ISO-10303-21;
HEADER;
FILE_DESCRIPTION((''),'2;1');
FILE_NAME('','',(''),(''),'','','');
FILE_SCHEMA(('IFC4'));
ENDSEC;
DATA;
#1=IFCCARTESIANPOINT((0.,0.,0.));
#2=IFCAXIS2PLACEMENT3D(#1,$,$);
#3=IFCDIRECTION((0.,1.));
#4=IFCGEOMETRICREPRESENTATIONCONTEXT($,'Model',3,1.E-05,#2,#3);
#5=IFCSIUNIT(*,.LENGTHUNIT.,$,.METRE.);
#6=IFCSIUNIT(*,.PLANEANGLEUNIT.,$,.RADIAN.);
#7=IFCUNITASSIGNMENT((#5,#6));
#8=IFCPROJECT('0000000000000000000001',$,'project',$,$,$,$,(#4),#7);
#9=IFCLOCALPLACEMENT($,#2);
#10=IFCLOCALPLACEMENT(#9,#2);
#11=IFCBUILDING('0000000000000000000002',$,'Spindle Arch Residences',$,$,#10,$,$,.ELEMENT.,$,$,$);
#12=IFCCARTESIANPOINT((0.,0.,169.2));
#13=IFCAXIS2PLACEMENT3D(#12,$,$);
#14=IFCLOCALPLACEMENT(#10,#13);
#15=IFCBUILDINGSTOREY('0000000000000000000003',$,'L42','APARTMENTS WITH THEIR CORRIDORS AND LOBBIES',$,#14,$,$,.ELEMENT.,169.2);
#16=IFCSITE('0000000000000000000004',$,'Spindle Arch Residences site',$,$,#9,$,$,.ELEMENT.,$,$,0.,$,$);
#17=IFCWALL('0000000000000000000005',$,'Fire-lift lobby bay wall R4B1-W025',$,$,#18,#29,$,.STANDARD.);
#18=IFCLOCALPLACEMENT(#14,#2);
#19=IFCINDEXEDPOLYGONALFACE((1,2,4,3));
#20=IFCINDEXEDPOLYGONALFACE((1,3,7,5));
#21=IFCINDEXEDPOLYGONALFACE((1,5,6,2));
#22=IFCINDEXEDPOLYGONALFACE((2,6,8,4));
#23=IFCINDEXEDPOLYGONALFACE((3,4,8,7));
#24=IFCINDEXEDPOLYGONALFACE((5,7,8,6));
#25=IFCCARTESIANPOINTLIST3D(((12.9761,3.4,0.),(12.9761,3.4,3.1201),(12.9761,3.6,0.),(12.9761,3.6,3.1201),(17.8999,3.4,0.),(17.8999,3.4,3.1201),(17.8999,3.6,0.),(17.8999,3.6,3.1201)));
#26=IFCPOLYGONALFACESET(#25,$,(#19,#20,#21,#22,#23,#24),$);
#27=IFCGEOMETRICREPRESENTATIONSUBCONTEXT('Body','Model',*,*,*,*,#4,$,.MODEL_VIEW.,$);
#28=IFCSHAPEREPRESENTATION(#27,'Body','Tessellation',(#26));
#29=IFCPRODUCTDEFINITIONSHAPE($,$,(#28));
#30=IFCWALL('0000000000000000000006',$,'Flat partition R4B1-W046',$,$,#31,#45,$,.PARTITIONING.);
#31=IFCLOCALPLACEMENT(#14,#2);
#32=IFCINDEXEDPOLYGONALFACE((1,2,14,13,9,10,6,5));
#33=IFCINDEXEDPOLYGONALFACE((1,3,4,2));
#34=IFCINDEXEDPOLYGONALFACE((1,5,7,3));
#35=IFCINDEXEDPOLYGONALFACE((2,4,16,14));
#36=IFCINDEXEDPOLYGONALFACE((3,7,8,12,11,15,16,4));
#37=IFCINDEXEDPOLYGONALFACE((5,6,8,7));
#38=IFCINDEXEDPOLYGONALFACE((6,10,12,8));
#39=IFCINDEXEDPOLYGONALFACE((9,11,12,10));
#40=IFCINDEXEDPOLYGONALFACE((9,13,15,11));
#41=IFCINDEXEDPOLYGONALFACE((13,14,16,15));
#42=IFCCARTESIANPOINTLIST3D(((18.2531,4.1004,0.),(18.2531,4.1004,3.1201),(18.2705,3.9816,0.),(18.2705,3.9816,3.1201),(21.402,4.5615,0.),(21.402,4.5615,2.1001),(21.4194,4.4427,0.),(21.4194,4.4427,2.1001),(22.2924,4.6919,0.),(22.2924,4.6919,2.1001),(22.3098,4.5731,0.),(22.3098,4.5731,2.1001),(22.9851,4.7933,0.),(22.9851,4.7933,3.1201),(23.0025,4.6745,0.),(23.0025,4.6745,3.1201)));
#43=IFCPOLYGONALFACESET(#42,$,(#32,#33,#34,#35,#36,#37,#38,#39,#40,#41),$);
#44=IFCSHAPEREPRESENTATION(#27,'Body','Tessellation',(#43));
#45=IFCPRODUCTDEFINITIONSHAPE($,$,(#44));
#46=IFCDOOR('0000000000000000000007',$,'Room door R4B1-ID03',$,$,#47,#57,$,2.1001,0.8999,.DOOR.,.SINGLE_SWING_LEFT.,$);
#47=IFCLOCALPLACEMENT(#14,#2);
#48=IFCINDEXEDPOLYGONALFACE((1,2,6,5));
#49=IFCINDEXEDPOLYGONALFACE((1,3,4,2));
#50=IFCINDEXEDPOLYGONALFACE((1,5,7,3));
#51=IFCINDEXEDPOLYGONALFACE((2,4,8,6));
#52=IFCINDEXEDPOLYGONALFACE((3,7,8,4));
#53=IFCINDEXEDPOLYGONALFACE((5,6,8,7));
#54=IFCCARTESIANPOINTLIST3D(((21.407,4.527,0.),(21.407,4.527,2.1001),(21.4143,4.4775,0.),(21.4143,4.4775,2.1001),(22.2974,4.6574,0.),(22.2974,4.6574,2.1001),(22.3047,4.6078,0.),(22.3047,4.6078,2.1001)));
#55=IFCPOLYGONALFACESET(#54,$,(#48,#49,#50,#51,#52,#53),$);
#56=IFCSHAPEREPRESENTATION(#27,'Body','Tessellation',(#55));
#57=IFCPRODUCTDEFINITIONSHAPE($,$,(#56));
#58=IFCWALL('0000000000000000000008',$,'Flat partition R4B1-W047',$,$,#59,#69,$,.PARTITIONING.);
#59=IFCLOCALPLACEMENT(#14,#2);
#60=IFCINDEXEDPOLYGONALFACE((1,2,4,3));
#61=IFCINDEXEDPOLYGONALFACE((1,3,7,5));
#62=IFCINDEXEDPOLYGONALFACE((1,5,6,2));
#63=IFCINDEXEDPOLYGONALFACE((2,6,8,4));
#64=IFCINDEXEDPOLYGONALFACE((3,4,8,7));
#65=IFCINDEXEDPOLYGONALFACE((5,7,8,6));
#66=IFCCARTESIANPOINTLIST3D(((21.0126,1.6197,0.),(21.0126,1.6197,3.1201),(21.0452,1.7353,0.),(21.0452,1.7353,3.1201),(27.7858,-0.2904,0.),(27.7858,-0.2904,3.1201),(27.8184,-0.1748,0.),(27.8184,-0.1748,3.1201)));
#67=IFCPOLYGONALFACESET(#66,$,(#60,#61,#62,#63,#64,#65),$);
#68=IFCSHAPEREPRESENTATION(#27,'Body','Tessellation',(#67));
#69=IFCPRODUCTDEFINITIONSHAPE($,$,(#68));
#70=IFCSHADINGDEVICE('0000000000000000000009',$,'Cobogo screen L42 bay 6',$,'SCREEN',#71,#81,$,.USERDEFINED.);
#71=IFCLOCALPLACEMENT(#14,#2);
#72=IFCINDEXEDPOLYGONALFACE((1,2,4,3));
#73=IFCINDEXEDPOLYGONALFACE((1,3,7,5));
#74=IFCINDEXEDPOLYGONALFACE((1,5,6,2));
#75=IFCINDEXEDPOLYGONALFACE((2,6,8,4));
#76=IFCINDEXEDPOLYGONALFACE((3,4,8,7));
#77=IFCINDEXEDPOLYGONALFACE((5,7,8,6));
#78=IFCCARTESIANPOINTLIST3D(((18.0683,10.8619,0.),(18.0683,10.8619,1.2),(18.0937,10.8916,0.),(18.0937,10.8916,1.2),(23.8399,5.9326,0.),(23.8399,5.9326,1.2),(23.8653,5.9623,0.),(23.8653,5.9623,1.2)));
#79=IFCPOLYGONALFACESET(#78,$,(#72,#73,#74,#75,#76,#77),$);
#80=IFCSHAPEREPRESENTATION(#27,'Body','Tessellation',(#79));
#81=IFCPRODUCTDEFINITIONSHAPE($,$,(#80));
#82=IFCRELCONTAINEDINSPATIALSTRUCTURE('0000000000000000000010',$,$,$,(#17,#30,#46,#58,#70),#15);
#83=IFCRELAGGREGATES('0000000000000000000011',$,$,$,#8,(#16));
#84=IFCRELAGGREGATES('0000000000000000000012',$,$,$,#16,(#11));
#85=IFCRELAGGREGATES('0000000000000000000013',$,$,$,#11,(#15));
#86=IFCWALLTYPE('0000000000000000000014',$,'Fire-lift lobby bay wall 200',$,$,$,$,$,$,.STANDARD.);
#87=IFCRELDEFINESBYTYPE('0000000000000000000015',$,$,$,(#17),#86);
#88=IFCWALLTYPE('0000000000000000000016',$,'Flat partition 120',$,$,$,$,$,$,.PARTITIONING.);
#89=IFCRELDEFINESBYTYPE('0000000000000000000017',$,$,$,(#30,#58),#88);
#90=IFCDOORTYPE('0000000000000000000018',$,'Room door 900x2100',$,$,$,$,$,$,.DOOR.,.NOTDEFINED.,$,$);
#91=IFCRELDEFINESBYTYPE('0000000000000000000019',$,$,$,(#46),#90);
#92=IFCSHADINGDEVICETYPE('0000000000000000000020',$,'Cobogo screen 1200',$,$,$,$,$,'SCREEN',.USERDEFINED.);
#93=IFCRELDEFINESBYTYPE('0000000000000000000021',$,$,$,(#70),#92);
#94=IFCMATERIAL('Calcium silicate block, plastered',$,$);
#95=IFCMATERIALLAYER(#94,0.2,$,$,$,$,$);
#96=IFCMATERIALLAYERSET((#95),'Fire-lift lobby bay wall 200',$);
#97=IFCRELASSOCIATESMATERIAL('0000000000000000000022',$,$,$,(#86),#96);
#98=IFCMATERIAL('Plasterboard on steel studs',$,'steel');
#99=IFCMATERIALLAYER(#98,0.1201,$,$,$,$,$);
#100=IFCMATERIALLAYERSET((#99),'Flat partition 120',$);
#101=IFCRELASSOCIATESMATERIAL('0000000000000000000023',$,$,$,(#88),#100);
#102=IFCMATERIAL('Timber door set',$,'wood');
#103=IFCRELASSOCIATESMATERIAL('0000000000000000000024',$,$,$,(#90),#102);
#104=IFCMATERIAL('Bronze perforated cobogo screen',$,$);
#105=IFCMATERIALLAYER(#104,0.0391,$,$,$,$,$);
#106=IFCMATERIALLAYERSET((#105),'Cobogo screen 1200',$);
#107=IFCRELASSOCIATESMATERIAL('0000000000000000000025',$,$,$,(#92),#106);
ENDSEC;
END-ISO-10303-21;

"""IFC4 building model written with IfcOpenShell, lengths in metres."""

from ifc_helpers import new_model, si_unit, direction, frame, frame_2d, origin, origin_2d, place, context, subcontext, project, spatial, rectangle, extrude, material, layer, layer_set, type_object, element, fill, save


model = new_model("IFC4")

# Units and contexts
model_context = context("Model", 3, precision=1e-05, world=origin(), true_north=direction((0.0, 1.0)))
body_context = subcontext(model_context, "Body", "Model", "MODEL_VIEW")
ifc_project = project(units=[si_unit("LENGTHUNIT", "METRE"), si_unit("PLANEANGLEUNIT", "RADIAN")], contexts=[model_context])

# Site, building, storey
site_placement = place(None, origin())
site = spatial("IfcSite", under=ifc_project, at=site_placement, Name="Spindle Arch Residences site", CompositionType="ELEMENT", RefElevation=0.0)
building_placement = place(site_placement, origin())
building = spatial("IfcBuilding", under=site, at=building_placement, Name="Spindle Arch Residences", CompositionType="ELEMENT")
storey_placement = place(building_placement, frame((0.0, 0.0, 169.2)))
storey = spatial("IfcBuildingStorey", under=building, at=storey_placement, Name="L42", Description="APARTMENTS WITH THEIR CORRIDORS AND LOBBIES", CompositionType="ELEMENT", Elevation=169.2)

# Wall
ifc_material_1 = material(Name="Calcium silicate block, plastered")
ifc_layer_1 = layer(ifc_material_1, 0.2)
ifc_layer_set_1 = layer_set([ifc_layer_1], Name="Fire-lift lobby bay wall 200")
wall_type_1 = type_object("IfcWallType", Name="Fire-lift lobby bay wall 200", PredefinedType="STANDARD", material=ifc_layer_set_1)
wall_1_placement = place(storey_placement, frame((17.8999, 3.5, 0.0), z_axis=(0.0, 0.0, 1.0), x_axis=(-1.0, 0.0, 0.0)))
element("IfcWall", 1, at=wall_1_placement, inside=storey, type_object=wall_type_1, Name="Fire-lift lobby bay wall R4B1-W025", PredefinedType="STANDARD", context=body_context, shape_type="SweptSolid", body=[
    extrude(rectangle(XDim=4.9238, YDim=0.2, at=frame_2d((2.4619, 0.0))), origin(), (0.0, 0.0, 1.0), 3.1201),
])

# Wall, opening, door
ifc_material_2 = material(Name="Plasterboard on steel studs", Category="steel")
ifc_layer_2 = layer(ifc_material_2, 0.1201)
ifc_layer_set_2 = layer_set([ifc_layer_2], Name="Flat partition 120")
wall_type_2 = type_object("IfcWallType", Name="Flat partition 120", PredefinedType="PARTITIONING", material=ifc_layer_set_2)
wall_2_placement = place(storey_placement, frame((22.9937, 4.7339, 0.0), z_axis=(0.0, 0.0, 1.0), x_axis=(-0.989449, -0.14488, 0.0)))
wall_2 = element("IfcWall", 2, at=wall_2_placement, inside=storey, type_object=wall_type_2, Name="Flat partition R4B1-W046", PredefinedType="PARTITIONING", context=body_context, shape_type="SweptSolid", body=[
    extrude(rectangle(XDim=4.7825, YDim=0.1201, at=frame_2d((2.3911, 0.0))), origin(), (0.0, 0.0, 1.0), 3.1201),
])
opening_1_placement = place(wall_2_placement, frame((0.7, 0.0, 0.0)))
opening_1 = element("IfcOpeningElement", 3, at=opening_1_placement, cuts=wall_2, PredefinedType="OPENING", context=body_context, shape_type="SweptSolid", body=[
    extrude(rectangle(XDim=0.8999, YDim=2.1001, at=frame_2d((0.45, 1.05))), frame((0.0, 0.0701, 0.0), z_axis=(0.0, -1.0, 0.0), x_axis=(1.0, 0.0, 0.0)), (0.0, 0.0, 1.0), 0.1401),
])
ifc_material_3 = material(Name="Timber door set", Category="wood")
door_type_1 = type_object("IfcDoorType", Name="Room door 900x2100", OperationType="NOTDEFINED", PredefinedType="DOOR", material=ifc_material_3)
door_1_placement = place(opening_1_placement, origin())
door_1 = element("IfcDoor", 4, at=door_1_placement, inside=storey, type_object=door_type_1, Name="Room door R4B1-ID03", OperationType="SINGLE_SWING_LEFT", OverallHeight=2.1001, OverallWidth=0.8999, PredefinedType="DOOR", context=body_context, shape_type="SweptSolid", body=[
    extrude(rectangle(XDim=0.8999, YDim=2.1001, at=frame_2d((0.45, 1.05))), frame((0.0, 0.0249, 0.0), z_axis=(0.0, -1.0, 0.0), x_axis=(1.0, 0.0, 0.0)), (0.0, 0.0, 1.0), 0.05),
])
fill(opening_1, door_1)

# Wall
wall_3_placement = place(storey_placement, frame((21.0291, 1.6775, 0.0), z_axis=(0.0, 0.0, 1.0), x_axis=(0.962458, -0.27143, 0.0)))
element("IfcWall", 5, at=wall_3_placement, inside=storey, type_object=wall_type_2, Name="Flat partition R4B1-W047", PredefinedType="PARTITIONING", context=body_context, shape_type="SweptSolid", body=[
    extrude(rectangle(XDim=7.0374, YDim=0.1201, at=frame_2d((3.5186, 0.0))), origin(), (0.0, 0.0, 1.0), 3.1201),
])

# Shading device
ifc_material_4 = material(Name="Bronze perforated cobogo screen")
ifc_layer_3 = layer(ifc_material_4, 0.0391)
ifc_layer_set_3 = layer_set([ifc_layer_3], Name="Cobogo screen 1200")
shading_device_type = type_object("IfcShadingDeviceType", Name="Cobogo screen 1200", ElementType="SCREEN", PredefinedType="USERDEFINED", material=ifc_layer_set_3)
shading_device_placement = place(storey_placement, frame((20.9668, 8.4121, 0.0), z_axis=(0.0, 0.0, 1.0), x_axis=(-0.760406, 0.649448, 0.0)))
element("IfcShadingDevice", 6, at=shading_device_placement, inside=storey, type_object=shading_device_type, Name="Cobogo screen L42 bay 6", ObjectType="SCREEN", PredefinedType="USERDEFINED", context=body_context, shape_type="SweptSolid", body=[
    extrude(rectangle(XDim=7.5901, YDim=0.0391, at=origin_2d()), origin(), (0.0, 0.0, 1.0), 1.2),
])

save(model, "model.ifc")
